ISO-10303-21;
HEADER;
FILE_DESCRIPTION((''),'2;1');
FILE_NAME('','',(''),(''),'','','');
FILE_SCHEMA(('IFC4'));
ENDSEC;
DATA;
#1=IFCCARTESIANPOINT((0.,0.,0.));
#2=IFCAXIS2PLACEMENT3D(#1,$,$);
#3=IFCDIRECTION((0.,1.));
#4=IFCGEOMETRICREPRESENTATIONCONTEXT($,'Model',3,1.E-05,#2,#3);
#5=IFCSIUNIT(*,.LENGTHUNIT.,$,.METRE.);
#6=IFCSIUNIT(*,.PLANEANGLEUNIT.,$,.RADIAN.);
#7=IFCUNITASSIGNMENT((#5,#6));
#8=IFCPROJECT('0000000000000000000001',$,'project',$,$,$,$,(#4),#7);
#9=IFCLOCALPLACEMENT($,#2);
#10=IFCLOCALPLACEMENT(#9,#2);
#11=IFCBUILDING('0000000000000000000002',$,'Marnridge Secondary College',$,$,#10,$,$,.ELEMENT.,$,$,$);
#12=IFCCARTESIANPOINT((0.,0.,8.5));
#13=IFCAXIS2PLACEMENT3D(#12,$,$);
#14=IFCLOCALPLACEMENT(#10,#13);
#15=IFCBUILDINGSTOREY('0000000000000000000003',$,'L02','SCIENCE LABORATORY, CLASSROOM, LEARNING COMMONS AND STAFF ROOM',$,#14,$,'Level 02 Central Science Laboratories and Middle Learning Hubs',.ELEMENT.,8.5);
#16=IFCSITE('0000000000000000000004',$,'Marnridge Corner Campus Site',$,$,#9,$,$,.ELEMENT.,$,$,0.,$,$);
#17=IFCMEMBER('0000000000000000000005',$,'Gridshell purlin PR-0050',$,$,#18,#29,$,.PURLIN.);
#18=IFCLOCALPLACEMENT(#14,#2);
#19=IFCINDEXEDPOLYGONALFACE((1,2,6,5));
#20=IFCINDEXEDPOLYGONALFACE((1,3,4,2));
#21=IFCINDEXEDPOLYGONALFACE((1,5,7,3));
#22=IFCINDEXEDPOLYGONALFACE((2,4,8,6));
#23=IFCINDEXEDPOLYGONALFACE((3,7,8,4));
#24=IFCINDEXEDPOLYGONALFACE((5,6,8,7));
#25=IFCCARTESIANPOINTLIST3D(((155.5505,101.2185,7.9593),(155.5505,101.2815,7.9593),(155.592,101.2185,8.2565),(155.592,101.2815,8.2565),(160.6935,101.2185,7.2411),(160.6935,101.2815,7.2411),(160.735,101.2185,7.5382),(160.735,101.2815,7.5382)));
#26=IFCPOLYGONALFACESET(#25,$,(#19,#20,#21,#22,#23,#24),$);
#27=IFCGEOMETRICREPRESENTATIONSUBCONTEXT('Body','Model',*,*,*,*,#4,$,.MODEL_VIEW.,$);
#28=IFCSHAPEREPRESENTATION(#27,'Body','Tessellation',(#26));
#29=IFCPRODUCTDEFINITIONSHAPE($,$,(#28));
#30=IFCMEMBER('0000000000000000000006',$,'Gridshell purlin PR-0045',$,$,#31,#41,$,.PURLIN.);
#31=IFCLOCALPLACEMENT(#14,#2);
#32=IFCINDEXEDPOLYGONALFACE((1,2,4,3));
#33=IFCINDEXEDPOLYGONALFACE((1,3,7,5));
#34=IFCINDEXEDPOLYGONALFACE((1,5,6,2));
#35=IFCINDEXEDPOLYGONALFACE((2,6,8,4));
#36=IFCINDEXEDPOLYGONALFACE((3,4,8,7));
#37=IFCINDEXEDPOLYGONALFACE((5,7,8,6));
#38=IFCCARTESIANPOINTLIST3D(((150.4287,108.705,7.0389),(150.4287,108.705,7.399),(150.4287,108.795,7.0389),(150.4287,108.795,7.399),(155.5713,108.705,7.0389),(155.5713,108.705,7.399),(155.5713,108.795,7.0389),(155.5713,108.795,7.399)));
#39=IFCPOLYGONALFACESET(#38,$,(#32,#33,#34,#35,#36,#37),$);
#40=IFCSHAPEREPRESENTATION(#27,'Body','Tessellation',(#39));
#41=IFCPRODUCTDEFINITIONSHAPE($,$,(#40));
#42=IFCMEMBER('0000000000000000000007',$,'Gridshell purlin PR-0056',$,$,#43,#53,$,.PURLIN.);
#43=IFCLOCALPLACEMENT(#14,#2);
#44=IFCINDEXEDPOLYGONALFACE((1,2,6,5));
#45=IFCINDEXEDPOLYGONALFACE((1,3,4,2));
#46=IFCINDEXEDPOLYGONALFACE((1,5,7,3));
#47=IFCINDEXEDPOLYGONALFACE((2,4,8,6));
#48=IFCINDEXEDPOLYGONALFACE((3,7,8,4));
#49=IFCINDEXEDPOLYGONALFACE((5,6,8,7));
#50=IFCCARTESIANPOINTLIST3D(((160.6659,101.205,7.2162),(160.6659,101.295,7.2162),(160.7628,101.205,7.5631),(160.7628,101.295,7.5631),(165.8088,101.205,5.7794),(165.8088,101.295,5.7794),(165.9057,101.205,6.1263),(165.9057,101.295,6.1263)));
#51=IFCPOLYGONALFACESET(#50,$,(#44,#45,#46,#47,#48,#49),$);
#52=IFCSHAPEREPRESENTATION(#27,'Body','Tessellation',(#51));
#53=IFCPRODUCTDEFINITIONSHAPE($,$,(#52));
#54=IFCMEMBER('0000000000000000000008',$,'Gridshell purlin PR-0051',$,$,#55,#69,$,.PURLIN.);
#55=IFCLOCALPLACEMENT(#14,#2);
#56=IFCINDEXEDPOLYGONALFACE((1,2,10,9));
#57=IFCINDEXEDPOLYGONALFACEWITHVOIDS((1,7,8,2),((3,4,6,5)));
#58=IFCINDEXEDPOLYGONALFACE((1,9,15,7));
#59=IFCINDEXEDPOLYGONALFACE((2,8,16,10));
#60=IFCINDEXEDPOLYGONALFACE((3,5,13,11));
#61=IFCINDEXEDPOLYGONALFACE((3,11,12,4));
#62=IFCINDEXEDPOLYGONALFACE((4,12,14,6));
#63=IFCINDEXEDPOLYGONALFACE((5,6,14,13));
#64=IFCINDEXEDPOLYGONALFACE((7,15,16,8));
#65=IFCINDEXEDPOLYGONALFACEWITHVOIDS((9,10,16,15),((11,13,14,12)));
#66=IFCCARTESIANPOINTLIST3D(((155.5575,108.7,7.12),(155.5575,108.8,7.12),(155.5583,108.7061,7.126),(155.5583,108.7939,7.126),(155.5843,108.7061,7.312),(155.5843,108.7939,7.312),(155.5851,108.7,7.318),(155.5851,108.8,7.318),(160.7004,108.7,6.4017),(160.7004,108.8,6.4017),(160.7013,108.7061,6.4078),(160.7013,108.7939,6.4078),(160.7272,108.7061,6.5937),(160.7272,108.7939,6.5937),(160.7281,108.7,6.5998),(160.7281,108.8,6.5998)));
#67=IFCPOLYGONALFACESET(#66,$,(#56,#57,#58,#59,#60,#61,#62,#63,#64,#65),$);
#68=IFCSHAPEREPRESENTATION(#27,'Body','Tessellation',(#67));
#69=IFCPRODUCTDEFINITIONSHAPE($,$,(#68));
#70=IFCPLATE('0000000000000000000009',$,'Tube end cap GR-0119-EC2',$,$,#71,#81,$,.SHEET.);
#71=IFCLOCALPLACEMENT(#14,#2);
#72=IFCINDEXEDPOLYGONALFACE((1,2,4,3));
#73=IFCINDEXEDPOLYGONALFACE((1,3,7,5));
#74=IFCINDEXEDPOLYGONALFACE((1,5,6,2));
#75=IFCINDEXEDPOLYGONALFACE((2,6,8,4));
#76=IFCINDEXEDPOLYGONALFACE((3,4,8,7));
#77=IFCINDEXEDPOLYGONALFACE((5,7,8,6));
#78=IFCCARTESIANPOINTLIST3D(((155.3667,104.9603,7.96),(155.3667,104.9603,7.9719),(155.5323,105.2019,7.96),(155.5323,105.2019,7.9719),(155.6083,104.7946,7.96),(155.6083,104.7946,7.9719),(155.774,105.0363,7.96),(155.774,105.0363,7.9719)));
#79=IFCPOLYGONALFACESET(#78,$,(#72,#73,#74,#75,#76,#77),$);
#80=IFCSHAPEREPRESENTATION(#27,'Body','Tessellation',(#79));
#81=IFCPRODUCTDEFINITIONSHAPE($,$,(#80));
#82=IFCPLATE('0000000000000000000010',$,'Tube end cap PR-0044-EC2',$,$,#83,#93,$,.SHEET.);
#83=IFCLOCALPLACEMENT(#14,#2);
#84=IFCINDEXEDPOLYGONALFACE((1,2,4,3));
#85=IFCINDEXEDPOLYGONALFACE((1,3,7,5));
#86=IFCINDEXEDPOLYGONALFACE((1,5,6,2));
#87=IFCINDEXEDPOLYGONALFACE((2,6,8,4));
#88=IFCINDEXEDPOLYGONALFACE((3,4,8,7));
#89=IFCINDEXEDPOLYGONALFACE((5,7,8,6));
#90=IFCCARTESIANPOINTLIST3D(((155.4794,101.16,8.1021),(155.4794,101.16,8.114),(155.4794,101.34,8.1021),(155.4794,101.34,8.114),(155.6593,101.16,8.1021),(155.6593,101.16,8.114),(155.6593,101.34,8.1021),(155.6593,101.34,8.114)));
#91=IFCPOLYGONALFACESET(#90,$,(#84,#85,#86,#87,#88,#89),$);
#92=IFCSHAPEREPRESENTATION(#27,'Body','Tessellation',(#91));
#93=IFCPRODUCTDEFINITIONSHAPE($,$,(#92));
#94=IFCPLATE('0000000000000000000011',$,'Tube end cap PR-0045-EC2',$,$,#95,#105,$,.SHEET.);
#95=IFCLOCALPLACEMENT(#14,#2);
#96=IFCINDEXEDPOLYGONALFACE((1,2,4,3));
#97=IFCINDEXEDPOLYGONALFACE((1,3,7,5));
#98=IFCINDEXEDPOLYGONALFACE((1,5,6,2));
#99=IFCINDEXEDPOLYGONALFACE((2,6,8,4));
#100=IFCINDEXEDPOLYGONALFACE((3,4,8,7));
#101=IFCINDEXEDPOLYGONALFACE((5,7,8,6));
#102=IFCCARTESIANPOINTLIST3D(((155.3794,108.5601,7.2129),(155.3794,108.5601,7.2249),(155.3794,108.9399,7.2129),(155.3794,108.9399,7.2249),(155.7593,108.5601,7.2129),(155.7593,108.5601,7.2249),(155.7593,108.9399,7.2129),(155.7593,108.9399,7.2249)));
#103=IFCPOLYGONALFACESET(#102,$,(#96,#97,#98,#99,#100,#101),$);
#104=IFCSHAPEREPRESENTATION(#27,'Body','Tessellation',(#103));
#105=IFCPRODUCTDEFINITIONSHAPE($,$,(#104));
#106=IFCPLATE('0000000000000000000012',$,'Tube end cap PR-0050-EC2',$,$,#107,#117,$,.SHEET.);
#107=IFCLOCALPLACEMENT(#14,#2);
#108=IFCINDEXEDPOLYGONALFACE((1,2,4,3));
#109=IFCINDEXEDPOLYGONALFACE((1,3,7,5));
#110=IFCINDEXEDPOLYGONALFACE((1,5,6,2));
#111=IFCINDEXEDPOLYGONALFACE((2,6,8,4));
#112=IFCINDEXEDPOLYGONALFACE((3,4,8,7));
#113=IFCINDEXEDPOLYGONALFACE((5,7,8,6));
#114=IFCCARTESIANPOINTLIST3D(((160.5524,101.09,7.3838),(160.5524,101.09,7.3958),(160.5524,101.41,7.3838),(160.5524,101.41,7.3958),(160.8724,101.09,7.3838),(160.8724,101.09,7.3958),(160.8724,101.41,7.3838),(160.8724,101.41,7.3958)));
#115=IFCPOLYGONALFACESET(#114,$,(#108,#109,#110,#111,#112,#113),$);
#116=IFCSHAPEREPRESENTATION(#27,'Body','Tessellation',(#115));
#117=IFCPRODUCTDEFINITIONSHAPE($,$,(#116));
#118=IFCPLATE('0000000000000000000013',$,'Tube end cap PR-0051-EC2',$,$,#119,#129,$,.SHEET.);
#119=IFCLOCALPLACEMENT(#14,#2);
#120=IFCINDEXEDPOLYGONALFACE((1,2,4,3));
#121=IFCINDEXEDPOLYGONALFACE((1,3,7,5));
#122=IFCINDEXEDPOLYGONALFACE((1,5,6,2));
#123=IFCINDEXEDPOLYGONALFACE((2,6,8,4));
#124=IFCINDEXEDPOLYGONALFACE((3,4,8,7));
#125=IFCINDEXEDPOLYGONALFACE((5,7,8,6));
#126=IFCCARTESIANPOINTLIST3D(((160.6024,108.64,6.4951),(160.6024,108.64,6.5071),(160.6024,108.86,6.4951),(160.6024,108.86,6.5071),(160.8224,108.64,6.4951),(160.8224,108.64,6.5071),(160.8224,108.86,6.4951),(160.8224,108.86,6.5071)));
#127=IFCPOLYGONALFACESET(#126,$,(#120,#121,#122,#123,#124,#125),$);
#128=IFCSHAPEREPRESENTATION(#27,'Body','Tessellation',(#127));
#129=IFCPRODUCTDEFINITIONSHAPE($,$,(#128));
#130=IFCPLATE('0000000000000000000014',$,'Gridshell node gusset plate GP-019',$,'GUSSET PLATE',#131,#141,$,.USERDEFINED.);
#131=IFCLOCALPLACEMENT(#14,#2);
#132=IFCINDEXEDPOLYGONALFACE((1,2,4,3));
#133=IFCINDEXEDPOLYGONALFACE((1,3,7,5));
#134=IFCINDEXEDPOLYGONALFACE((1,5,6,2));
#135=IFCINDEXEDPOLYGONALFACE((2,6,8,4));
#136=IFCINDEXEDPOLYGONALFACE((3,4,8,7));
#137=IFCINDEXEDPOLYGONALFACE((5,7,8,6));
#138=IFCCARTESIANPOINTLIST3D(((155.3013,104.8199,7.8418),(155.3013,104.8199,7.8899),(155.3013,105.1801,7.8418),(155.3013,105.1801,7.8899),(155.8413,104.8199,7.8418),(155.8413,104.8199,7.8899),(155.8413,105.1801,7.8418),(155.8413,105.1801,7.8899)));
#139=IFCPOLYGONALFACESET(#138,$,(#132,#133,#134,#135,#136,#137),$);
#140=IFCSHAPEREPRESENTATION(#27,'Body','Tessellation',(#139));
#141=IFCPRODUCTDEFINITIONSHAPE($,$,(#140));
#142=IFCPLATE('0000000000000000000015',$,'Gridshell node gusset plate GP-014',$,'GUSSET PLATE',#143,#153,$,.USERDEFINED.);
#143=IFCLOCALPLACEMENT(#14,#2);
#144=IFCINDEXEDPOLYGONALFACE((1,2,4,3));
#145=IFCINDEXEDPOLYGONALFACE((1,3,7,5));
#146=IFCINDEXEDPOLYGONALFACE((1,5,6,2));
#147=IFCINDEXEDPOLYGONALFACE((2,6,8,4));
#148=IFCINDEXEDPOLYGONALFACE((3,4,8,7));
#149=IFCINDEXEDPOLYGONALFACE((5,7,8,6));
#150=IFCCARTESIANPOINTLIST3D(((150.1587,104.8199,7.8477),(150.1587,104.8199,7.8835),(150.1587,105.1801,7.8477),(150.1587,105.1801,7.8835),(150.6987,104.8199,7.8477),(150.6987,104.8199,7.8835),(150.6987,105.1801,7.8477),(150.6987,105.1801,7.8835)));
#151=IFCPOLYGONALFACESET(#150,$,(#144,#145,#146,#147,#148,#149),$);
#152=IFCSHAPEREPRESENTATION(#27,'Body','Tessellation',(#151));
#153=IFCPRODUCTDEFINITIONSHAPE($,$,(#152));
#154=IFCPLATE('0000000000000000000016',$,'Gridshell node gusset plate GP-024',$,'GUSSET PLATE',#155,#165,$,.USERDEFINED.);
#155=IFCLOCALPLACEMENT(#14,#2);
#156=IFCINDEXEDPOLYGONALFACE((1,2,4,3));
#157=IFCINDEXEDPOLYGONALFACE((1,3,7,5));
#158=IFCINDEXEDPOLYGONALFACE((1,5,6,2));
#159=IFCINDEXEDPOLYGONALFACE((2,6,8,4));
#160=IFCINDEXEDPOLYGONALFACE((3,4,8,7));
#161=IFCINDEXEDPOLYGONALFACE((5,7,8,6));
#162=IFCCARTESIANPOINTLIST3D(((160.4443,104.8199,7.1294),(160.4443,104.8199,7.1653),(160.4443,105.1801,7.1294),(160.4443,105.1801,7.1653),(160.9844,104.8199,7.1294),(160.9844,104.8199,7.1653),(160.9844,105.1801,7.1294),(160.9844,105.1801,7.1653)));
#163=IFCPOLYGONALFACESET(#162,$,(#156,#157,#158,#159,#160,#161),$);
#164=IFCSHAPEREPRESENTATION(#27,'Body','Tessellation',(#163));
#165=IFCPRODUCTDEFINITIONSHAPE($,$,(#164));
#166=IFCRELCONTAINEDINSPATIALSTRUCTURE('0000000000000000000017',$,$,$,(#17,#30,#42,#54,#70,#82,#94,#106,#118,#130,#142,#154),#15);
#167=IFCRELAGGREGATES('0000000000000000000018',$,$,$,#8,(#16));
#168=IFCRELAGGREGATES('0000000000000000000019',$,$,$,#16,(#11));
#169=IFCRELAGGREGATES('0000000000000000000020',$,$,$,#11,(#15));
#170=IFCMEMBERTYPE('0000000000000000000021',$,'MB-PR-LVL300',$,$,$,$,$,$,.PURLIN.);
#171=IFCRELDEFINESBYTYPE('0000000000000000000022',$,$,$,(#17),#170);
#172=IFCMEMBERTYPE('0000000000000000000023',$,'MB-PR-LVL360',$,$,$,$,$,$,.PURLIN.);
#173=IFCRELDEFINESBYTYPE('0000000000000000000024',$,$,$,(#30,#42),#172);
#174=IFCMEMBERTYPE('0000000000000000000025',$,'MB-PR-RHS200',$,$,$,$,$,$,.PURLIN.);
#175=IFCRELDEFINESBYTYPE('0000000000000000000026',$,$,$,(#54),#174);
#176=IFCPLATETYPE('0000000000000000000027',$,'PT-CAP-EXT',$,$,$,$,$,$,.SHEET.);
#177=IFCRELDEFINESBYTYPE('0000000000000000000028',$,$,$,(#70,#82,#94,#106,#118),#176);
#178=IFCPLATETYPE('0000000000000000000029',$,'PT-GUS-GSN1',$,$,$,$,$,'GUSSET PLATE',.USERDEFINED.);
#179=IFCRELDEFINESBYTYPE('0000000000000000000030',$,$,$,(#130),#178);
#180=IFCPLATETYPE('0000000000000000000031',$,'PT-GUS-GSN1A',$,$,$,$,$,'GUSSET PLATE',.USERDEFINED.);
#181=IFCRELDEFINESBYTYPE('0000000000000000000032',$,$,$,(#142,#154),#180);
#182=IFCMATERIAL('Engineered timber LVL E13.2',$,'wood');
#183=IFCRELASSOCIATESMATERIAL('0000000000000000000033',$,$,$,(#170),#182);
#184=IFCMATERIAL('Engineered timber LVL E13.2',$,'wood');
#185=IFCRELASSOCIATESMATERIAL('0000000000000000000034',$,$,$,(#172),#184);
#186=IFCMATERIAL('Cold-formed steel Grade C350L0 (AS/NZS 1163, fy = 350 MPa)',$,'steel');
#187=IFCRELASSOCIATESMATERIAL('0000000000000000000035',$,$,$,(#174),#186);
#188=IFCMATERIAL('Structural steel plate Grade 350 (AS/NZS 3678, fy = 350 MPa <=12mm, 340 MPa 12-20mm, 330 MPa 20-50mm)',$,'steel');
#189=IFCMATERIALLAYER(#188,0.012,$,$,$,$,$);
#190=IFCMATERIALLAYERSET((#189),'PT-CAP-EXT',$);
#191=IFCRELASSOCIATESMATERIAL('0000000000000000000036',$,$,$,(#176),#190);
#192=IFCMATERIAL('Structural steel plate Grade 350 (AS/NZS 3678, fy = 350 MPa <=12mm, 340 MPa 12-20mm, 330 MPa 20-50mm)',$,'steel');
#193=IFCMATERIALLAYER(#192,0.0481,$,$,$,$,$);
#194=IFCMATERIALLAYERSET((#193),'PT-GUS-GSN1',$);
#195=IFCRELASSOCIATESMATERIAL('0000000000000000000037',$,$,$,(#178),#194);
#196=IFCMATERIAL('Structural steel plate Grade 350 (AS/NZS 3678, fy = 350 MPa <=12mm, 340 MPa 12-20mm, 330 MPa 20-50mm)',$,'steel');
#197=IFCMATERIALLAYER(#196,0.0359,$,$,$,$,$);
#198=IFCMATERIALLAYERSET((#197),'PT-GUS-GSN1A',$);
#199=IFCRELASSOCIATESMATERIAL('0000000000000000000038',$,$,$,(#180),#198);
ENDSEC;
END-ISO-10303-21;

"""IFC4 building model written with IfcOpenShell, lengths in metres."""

from ifc_helpers import new_model, si_unit, direction, frame, origin, origin_2d, place, context, subcontext, project, spatial, rectangle, hollow_rectangle, extrude, material, layer, layer_set, material_profile, profile_set, type_object, element, save


model = new_model("IFC4")

# Units and contexts
model_context = context("Model", 3, precision=1e-05, world=origin(), true_north=direction((0.0, 1.0)))
body_context = subcontext(model_context, "Body", "Model", "MODEL_VIEW")
ifc_project = project(units=[si_unit("LENGTHUNIT", "METRE"), si_unit("PLANEANGLEUNIT", "RADIAN")], contexts=[model_context])

# Site, building, storey
site_placement = place(None, origin())
site = spatial("IfcSite", under=ifc_project, at=site_placement, Name="Marnridge Corner Campus Site", CompositionType="ELEMENT", RefElevation=0.0)
building_placement = place(site_placement, origin())
building = spatial("IfcBuilding", under=site, at=building_placement, Name="Marnridge Secondary College", CompositionType="ELEMENT")
storey_placement = place(building_placement, frame((0.0, 0.0, 8.5)))
storey = spatial("IfcBuildingStorey", under=building, at=storey_placement, Name="L02", Description="SCIENCE LABORATORY, CLASSROOM, LEARNING COMMONS AND STAFF ROOM", LongName="Level 02 Central Science Laboratories and Middle Learning Hubs", CompositionType="ELEMENT", Elevation=8.5)

# Members
ifc_material_1 = material(Name="Engineered timber LVL E13.2", Category="wood")
ifc_material_profile_1 = material_profile(ifc_material_1, rectangle(XDim=0.063, YDim=0.3, at=origin_2d()), Name="LVL 63x300")
ifc_profile_set_1 = profile_set([ifc_material_profile_1], Name="Engineered timber LVL E13.2")
member_type_1 = type_object("IfcMemberType", Name="MB-PR-LVL300", PredefinedType="PURLIN", material=ifc_profile_set_1)
member_1_placement = place(storey_placement, frame((155.5713, 101.25, 8.1079), z_axis=(0.990388, 0.0, -0.138314), x_axis=(0.0, 1.0, 0.0)))
element("IfcMember", 1, at=member_1_placement, inside=storey, type_object=member_type_1, Name="Gridshell purlin PR-0050", PredefinedType="PURLIN", context=body_context, shape_type="SweptSolid", body=[
    extrude(rectangle(XDim=0.063, YDim=0.3, at=origin_2d()), origin(), (0.0, 0.0, 1.0), 5.1929),
])
ifc_material_2 = material(Name="Engineered timber LVL E13.2", Category="wood")
ifc_material_profile_2 = material_profile(ifc_material_2, rectangle(XDim=0.0901, YDim=0.3601, at=origin_2d()), Name="LVL 90x360")
ifc_profile_set_2 = profile_set([ifc_material_profile_2], Name="Engineered timber LVL E13.2")
member_type_2 = type_object("IfcMemberType", Name="MB-PR-LVL360", PredefinedType="PURLIN", material=ifc_profile_set_2)
member_2_placement = place(storey_placement, frame((150.4287, 108.75, 7.219), z_axis=(1.0, 0.0, 0.0), x_axis=(0.0, 1.0, 0.0)))
element("IfcMember", 2, at=member_2_placement, inside=storey, type_object=member_type_2, Name="Gridshell purlin PR-0045", PredefinedType="PURLIN", context=body_context, shape_type="SweptSolid", body=[
    extrude(rectangle(XDim=0.0901, YDim=0.3601, at=origin_2d()), origin(), (0.0, 0.0, 1.0), 5.1426),
])
member_3_placement = place(storey_placement, frame((160.7144, 101.25, 7.3896), z_axis=(0.963121, 0.0, -0.26907), x_axis=(0.0, 1.0, 0.0)))
element("IfcMember", 3, at=member_3_placement, inside=storey, type_object=member_type_2, Name="Gridshell purlin PR-0056", PredefinedType="PURLIN", context=body_context, shape_type="SweptSolid", body=[
    extrude(rectangle(XDim=0.0901, YDim=0.3601, at=origin_2d()), origin(), (0.0, 0.0, 1.0), 5.3398),
])
ifc_material_3 = material(Name="Cold-formed steel Grade C350L0 (AS/NZS 1163, fy = 350 MPa)", Category="steel")
ifc_material_profile_3 = material_profile(ifc_material_3, hollow_rectangle(XDim=0.1001, YDim=0.2, WallThickness=0.0061, at=origin_2d()), Name="200x100x6.0RHS")
ifc_profile_set_3 = profile_set([ifc_material_profile_3], Name="Cold-formed steel Grade C350L0 (AS/NZS 1163, fy = 350 MPa)")
member_type_3 = type_object("IfcMemberType", Name="MB-PR-RHS200", PredefinedType="PURLIN", material=ifc_profile_set_3)
member_4_placement = place(storey_placement, frame((155.5713, 108.75, 7.219), z_axis=(0.990388, 0.0, -0.138314), x_axis=(0.0, 1.0, 0.0)))
element("IfcMember", 4, at=member_4_placement, inside=storey, type_object=member_type_3, Name="Gridshell purlin PR-0051", PredefinedType="PURLIN", context=body_context, shape_type="SweptSolid", body=[
    extrude(hollow_rectangle(XDim=0.1001, YDim=0.2, WallThickness=0.0061, at=origin_2d()), origin(), (0.0, 0.0, 1.0), 5.1929),
])

# Plates
ifc_material_4 = material(Name="Structural steel plate Grade 350 (AS/NZS 3678, fy = 350 MPa <=12mm, 340 MPa 12-20mm, 330 MPa 20-50mm)", Category="steel")
ifc_layer_1 = layer(ifc_material_4, 0.012)
ifc_layer_set_1 = layer_set([ifc_layer_1], Name="PT-CAP-EXT")
plate_type_1 = type_object("IfcPlateType", Name="PT-CAP-EXT", PredefinedType="SHEET", material=ifc_layer_set_1)
plate_1_placement = place(storey_placement, frame((155.5703, 104.9983, 7.96), z_axis=(0.0, 0.0, 1.0), x_axis=(0.565543, 0.824719, 0.0)))
element("IfcPlate", 5, at=plate_1_placement, inside=storey, type_object=plate_type_1, Name="Tube end cap GR-0119-EC2", PredefinedType="SHEET", context=body_context, shape_type="SweptSolid", body=[
    extrude(rectangle(XDim=0.293, YDim=0.293, at=origin_2d()), origin(), (0.0, 0.0, 1.0), 0.012),
])
plate_2_placement = place(storey_placement, frame((155.5693, 101.25, 8.1021), z_axis=(0.0, 0.0, 1.0), x_axis=(1.0, 0.0, 0.0)))
element("IfcPlate", 6, at=plate_2_placement, inside=storey, type_object=plate_type_1, Name="Tube end cap PR-0044-EC2", PredefinedType="SHEET", context=body_context, shape_type="SweptSolid", body=[
    extrude(rectangle(XDim=0.1799, YDim=0.1799, at=origin_2d()), origin(), (0.0, 0.0, 1.0), 0.012),
])
plate_3_placement = place(storey_placement, frame((155.5693, 108.75, 7.2129), z_axis=(0.0, 0.0, 1.0), x_axis=(1.0, 0.0, 0.0)))
element("IfcPlate", 7, at=plate_3_placement, inside=storey, type_object=plate_type_1, Name="Tube end cap PR-0045-EC2", PredefinedType="SHEET", context=body_context, shape_type="SweptSolid", body=[
    extrude(rectangle(XDim=0.3799, YDim=0.3799, at=origin_2d()), origin(), (0.0, 0.0, 1.0), 0.012),
])
plate_4_placement = place(storey_placement, frame((160.7124, 101.25, 7.3838), z_axis=(0.0, 0.0, 1.0), x_axis=(1.0, 0.0, 0.0)))
element("IfcPlate", 8, at=plate_4_placement, inside=storey, type_object=plate_type_1, Name="Tube end cap PR-0050-EC2", PredefinedType="SHEET", context=body_context, shape_type="SweptSolid", body=[
    extrude(rectangle(XDim=0.3201, YDim=0.3201, at=origin_2d()), origin(), (0.0, 0.0, 1.0), 0.012),
])
plate_5_placement = place(storey_placement, frame((160.7124, 108.75, 6.4951), z_axis=(0.0, 0.0, 1.0), x_axis=(1.0, 0.0, 0.0)))
element("IfcPlate", 9, at=plate_5_placement, inside=storey, type_object=plate_type_1, Name="Tube end cap PR-0051-EC2", PredefinedType="SHEET", context=body_context, shape_type="SweptSolid", body=[
    extrude(rectangle(XDim=0.22, YDim=0.22, at=origin_2d()), origin(), (0.0, 0.0, 1.0), 0.012),
])
ifc_material_5 = material(Name="Structural steel plate Grade 350 (AS/NZS 3678, fy = 350 MPa <=12mm, 340 MPa 12-20mm, 330 MPa 20-50mm)", Category="steel")
ifc_layer_2 = layer(ifc_material_5, 0.0481)
ifc_layer_set_2 = layer_set([ifc_layer_2], Name="PT-GUS-GSN1")
plate_type_2 = type_object("IfcPlateType", Name="PT-GUS-GSN1", ElementType="GUSSET PLATE", PredefinedType="USERDEFINED", material=ifc_layer_set_2)
plate_6_placement = place(storey_placement, frame((155.5713, 105.0, 7.8418), z_axis=(0.0, 0.0, 1.0), x_axis=(1.0, 0.0, 0.0)))
element("IfcPlate", 10, at=plate_6_placement, inside=storey, type_object=plate_type_2, Name="Gridshell node gusset plate GP-019", ObjectType="GUSSET PLATE", PredefinedType="USERDEFINED", context=body_context, shape_type="SweptSolid", body=[
    extrude(rectangle(XDim=0.54, YDim=0.3601, at=origin_2d()), origin(), (0.0, 0.0, 1.0), 0.0481),
])
ifc_material_6 = material(Name="Structural steel plate Grade 350 (AS/NZS 3678, fy = 350 MPa <=12mm, 340 MPa 12-20mm, 330 MPa 20-50mm)", Category="steel")
ifc_layer_3 = layer(ifc_material_6, 0.0359)
ifc_layer_set_3 = layer_set([ifc_layer_3], Name="PT-GUS-GSN1A")
plate_type_3 = type_object("IfcPlateType", Name="PT-GUS-GSN1A", ElementType="GUSSET PLATE", PredefinedType="USERDEFINED", material=ifc_layer_set_3)
for number, where, z_axis, x_axis, name in (
    (11, (150.4287, 105.0, 7.8477), (0.0, 0.0, 1.0), (1.0, 0.0, 0.0), "Gridshell node gusset plate GP-014"),
    (12, (160.7144, 105.0, 7.1294), (0.0, 0.0, 1.0), (1.0, 0.0, 0.0), "Gridshell node gusset plate GP-024"),
):
    element("IfcPlate", number, at=place(storey_placement, frame(where, z_axis=z_axis, x_axis=x_axis)), inside=storey, type_object=plate_type_3, Name=name, ObjectType="GUSSET PLATE", PredefinedType="USERDEFINED", context=body_context, shape_type="SweptSolid", body=[
        extrude(rectangle(XDim=0.54, YDim=0.3601, at=origin_2d()), origin(), (0.0, 0.0, 1.0), 0.0359),
    ])

save(model, "model.ifc")
